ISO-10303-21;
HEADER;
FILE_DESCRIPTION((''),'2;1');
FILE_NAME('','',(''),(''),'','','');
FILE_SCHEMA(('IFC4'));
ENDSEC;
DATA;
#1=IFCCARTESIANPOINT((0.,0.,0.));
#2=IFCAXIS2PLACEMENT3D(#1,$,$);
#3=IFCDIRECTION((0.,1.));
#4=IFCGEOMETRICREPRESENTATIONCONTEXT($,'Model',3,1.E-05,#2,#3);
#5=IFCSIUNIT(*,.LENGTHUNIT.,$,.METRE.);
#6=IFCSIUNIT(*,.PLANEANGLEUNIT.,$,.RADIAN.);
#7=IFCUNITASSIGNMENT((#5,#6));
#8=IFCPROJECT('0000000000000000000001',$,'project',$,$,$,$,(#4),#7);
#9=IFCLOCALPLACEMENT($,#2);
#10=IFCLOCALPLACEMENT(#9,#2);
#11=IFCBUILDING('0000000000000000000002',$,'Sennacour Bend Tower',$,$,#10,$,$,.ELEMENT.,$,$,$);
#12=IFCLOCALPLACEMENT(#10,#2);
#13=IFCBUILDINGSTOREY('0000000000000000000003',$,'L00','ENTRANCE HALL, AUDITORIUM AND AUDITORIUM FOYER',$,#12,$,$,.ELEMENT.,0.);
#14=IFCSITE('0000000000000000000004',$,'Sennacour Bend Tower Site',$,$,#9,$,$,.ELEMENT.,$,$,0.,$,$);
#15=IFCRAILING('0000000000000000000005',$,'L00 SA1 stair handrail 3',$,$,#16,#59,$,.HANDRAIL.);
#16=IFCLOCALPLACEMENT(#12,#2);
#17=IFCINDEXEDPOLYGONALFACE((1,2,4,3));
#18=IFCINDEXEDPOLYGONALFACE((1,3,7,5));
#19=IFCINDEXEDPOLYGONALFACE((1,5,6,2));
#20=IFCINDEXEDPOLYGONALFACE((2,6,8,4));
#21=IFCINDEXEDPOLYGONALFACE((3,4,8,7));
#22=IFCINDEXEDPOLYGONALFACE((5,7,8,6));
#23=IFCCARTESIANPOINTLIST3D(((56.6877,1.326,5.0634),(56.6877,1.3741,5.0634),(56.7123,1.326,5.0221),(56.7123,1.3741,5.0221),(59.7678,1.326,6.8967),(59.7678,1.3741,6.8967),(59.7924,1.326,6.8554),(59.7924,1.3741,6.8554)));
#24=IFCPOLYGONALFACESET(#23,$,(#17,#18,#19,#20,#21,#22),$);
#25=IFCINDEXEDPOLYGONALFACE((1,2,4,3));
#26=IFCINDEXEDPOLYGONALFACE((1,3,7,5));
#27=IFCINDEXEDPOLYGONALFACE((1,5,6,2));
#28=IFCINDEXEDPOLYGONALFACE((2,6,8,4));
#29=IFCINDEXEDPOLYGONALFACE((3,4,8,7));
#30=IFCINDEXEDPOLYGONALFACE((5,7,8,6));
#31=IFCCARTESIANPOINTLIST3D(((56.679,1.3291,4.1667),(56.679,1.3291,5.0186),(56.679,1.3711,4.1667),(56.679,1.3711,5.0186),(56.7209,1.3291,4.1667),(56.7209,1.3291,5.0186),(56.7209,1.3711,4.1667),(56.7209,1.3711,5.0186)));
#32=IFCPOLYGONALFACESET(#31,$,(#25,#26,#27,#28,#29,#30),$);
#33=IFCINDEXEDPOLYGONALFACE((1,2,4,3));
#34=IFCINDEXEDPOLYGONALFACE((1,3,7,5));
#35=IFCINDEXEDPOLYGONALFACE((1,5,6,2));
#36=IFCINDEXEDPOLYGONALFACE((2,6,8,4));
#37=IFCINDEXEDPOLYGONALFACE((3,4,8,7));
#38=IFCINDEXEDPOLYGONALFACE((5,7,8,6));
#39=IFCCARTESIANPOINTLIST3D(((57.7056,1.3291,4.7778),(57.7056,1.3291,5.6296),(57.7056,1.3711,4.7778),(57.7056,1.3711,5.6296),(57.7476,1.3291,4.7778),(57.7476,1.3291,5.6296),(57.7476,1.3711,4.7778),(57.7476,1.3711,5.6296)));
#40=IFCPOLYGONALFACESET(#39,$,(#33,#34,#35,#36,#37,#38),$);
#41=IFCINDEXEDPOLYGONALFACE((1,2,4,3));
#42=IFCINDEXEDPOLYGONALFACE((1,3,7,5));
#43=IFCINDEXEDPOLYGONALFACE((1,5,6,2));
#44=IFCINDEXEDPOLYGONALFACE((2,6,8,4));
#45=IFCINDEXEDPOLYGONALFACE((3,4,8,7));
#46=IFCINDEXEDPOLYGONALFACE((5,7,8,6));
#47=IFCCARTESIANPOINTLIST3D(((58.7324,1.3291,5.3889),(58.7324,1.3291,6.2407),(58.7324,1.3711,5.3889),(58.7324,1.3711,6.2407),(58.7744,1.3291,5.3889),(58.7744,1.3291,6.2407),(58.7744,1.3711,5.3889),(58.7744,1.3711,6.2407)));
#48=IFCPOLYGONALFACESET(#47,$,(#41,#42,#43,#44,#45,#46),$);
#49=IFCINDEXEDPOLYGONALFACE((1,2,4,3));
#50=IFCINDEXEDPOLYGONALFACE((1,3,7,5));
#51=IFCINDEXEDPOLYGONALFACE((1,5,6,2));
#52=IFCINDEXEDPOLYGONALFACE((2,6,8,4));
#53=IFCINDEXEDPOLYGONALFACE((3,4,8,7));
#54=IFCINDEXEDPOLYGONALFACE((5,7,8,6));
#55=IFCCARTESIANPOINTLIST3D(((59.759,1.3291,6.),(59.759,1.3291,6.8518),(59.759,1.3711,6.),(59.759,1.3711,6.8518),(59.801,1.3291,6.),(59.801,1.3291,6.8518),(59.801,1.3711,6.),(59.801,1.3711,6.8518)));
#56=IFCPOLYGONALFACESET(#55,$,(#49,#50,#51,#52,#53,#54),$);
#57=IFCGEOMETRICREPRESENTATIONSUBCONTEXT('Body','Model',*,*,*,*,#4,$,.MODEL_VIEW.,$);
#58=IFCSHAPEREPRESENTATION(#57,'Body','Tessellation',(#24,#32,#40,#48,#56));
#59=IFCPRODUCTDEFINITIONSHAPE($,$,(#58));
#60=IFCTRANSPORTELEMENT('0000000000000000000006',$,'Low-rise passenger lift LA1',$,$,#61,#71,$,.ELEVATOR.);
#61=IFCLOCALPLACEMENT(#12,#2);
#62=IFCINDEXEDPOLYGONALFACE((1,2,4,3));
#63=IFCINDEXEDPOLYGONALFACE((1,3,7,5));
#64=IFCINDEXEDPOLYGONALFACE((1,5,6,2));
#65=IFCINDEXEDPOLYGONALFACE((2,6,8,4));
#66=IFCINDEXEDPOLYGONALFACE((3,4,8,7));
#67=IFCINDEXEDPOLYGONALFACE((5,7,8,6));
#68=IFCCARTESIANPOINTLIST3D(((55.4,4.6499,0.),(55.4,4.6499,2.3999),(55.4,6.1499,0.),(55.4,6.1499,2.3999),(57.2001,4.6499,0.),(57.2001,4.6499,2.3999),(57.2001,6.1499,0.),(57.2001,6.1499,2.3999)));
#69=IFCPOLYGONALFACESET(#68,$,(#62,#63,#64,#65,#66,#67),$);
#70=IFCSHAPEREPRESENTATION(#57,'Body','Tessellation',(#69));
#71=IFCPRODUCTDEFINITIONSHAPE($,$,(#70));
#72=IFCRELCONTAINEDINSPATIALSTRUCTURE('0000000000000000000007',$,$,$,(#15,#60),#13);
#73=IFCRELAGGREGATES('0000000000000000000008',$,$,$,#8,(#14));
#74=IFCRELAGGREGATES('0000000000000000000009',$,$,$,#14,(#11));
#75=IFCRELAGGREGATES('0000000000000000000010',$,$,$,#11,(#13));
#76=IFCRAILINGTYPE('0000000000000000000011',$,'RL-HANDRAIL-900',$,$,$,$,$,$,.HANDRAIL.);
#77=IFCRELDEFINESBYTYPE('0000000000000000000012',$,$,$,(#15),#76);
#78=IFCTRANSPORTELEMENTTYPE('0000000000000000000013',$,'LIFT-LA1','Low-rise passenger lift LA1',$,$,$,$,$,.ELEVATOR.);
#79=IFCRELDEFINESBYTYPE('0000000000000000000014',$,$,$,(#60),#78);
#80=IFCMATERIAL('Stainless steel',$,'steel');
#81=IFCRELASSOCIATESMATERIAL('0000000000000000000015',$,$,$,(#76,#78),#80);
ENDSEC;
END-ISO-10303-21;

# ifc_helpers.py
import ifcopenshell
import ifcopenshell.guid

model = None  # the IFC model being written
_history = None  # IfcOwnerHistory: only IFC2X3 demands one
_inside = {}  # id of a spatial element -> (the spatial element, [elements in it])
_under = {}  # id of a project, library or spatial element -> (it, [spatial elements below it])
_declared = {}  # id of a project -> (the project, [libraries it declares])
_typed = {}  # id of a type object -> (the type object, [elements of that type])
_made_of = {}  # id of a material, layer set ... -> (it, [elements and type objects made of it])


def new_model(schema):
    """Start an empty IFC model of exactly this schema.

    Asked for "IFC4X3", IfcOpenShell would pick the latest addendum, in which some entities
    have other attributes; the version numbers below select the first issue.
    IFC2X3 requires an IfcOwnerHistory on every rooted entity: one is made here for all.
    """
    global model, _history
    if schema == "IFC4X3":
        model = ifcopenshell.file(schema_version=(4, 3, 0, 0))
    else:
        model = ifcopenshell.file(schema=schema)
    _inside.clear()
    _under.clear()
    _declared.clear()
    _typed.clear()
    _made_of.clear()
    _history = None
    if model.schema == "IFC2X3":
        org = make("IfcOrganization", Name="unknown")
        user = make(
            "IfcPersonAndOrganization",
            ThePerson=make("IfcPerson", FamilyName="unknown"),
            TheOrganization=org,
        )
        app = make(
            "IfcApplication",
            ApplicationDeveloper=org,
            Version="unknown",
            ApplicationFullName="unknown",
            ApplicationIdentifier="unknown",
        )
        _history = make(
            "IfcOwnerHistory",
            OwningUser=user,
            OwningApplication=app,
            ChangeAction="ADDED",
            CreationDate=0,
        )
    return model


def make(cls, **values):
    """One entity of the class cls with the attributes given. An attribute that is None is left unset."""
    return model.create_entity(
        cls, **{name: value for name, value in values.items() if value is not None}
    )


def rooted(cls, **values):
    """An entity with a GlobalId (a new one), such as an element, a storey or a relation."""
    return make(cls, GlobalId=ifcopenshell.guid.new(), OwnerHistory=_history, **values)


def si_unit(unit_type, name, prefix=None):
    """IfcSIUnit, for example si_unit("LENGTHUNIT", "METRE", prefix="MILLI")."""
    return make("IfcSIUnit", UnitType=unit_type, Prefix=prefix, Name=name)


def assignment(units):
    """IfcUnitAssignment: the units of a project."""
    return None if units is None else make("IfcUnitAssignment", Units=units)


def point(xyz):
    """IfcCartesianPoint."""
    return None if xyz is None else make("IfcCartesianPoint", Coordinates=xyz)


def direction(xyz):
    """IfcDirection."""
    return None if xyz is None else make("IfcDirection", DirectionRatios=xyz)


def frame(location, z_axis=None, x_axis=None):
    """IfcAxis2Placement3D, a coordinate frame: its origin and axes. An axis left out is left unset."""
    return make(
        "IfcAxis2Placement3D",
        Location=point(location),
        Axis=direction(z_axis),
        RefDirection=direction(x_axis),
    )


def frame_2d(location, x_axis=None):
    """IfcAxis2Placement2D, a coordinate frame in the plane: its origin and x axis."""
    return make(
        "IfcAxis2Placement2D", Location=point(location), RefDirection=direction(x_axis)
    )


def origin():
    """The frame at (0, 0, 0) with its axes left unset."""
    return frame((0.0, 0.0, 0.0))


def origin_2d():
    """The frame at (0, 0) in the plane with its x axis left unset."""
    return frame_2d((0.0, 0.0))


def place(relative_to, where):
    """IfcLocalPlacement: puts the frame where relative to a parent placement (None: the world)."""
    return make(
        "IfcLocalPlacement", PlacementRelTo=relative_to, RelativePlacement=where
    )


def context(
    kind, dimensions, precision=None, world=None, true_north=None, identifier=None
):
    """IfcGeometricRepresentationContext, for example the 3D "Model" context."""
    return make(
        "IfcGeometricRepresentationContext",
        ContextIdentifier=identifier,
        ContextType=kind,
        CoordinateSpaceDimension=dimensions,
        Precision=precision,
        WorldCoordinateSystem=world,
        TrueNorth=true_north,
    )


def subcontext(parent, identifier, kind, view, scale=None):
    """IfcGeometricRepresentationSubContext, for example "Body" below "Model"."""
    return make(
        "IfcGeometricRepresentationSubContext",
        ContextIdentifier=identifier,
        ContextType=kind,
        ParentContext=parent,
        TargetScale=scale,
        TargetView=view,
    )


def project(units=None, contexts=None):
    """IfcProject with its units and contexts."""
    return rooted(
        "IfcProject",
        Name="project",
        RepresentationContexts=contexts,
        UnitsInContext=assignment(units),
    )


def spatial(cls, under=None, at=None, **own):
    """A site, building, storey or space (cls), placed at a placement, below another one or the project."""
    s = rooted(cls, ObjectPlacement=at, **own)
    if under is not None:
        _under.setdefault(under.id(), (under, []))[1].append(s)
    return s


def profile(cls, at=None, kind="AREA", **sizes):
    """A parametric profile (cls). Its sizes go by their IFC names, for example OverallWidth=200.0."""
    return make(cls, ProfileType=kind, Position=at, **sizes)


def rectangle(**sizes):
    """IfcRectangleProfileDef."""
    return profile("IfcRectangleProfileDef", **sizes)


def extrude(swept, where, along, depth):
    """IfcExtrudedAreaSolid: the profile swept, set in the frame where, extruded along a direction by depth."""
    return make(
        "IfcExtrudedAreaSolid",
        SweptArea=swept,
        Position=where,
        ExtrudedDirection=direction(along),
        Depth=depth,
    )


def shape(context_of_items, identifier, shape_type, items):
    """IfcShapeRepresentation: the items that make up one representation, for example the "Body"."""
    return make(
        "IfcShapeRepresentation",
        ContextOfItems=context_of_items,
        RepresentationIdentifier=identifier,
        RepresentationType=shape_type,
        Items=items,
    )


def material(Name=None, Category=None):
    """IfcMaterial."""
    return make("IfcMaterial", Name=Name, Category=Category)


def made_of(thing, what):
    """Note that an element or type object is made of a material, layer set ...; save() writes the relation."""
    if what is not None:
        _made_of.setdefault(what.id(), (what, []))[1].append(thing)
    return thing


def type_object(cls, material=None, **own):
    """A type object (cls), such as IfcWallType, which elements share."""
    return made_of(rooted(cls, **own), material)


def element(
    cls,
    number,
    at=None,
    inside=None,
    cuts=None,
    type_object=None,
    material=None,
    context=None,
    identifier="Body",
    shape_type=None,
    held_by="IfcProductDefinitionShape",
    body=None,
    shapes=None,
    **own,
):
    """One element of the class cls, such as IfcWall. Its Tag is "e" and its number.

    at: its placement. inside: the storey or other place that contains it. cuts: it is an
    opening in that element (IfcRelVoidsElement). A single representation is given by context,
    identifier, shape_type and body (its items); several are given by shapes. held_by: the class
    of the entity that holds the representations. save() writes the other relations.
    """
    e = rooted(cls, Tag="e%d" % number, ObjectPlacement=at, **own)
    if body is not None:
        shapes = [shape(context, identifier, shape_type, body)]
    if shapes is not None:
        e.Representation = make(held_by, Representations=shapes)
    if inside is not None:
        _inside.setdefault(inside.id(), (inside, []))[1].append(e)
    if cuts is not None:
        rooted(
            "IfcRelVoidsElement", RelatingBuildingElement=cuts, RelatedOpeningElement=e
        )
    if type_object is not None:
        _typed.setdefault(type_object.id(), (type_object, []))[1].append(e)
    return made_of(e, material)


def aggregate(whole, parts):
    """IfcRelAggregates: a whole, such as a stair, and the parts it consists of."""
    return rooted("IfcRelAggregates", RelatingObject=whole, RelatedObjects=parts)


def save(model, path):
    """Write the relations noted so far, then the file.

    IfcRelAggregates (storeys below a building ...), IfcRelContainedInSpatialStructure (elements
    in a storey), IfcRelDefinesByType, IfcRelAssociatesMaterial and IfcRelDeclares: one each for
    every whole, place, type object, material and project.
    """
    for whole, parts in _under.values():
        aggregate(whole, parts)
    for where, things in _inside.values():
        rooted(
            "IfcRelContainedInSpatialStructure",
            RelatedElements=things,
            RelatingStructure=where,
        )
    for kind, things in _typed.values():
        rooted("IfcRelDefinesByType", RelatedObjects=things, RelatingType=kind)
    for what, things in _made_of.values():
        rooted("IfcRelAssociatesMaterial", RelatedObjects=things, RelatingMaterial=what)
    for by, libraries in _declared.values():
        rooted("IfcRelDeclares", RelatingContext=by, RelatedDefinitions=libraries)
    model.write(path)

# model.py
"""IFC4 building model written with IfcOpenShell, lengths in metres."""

from ifc_helpers import new_model, si_unit, direction, frame, origin, origin_2d, place, context, subcontext, project, spatial, rectangle, extrude, material, type_object, element, save


model = new_model("IFC4")

# Units and contexts
model_context = context("Model", 3, precision=1e-05, world=origin(), true_north=direction((0.0, 1.0)))
body_context = subcontext(model_context, "Body", "Model", "MODEL_VIEW")
ifc_project = project(units=[si_unit("LENGTHUNIT", "METRE"), si_unit("PLANEANGLEUNIT", "RADIAN")], contexts=[model_context])

# Site, building, storey
site_placement = place(None, origin())
site = spatial("IfcSite", under=ifc_project, at=site_placement, Name="Sennacour Bend Tower Site", CompositionType="ELEMENT", RefElevation=0.0)
building_placement = place(site_placement, origin())
building = spatial("IfcBuilding", under=site, at=building_placement, Name="Sennacour Bend Tower", CompositionType="ELEMENT")
storey_placement = place(building_placement, origin())
storey = spatial("IfcBuildingStorey", under=building, at=storey_placement, Name="L00", Description="ENTRANCE HALL, AUDITORIUM AND AUDITORIUM FOYER", CompositionType="ELEMENT", Elevation=0.0)

# Shared definitions
ifc_material_1 = material(Name="Stainless steel", Category="steel")

# Railing
railing_type_1 = type_object("IfcRailingType", Name="RL-HANDRAIL-900", PredefinedType="HANDRAIL", material=ifc_material_1)
for number, where, name in (
    (1, (56.7, 1.3501, 4.1667), "L00 SA1 stair handrail 3"),
):
    element("IfcRailing", number, at=place(storey_placement, frame(where)), inside=storey, type_object=railing_type_1, Name=name, PredefinedType="HANDRAIL", context=body_context, shape_type="SweptSolid", body=[
        extrude(rectangle(XDim=0.0481, YDim=0.0481, at=origin_2d()), frame((0.0, 0.0, 0.876), z_axis=(0.859309, 0.0, 0.511458), x_axis=(0.0, 1.0, 0.0)), (0.0, 0.0, 1.0), 3.5845),
        extrude(rectangle(XDim=0.042, YDim=0.042, at=origin_2d()), origin(), (0.0, 0.0, 1.0), 0.8518),
        extrude(rectangle(XDim=0.042, YDim=0.042, at=origin_2d()), frame((1.0266, 0.0, 0.6111)), (0.0, 0.0, 1.0), 0.8518),
        extrude(rectangle(XDim=0.042, YDim=0.042, at=origin_2d()), frame((2.0535, 0.0, 1.2222)), (0.0, 0.0, 1.0), 0.8518),
        extrude(rectangle(XDim=0.042, YDim=0.042, at=origin_2d()), frame((3.0801, 0.0, 1.8333)), (0.0, 0.0, 1.0), 0.8518),
    ])

# Transport element
transport_element_type = type_object("IfcTransportElementType", Name="LIFT-LA1", Description="Low-rise passenger lift LA1", PredefinedType="ELEVATOR", material=ifc_material_1)
transport_element_placement = place(storey_placement, frame((56.3, 5.3999, 0.0), z_axis=(0.0, 0.0, 1.0), x_axis=(1.0, 0.0, 0.0)))
element("IfcTransportElement", 2, at=transport_element_placement, inside=storey, type_object=transport_element_type, Name="Low-rise passenger lift LA1", PredefinedType="ELEVATOR", context=body_context, shape_type="SweptSolid", body=[
    extrude(rectangle(XDim=1.8, YDim=1.5, at=origin_2d()), origin(), (0.0, 0.0, 1.0), 2.3999),
])

save(model, "model.ifc")
